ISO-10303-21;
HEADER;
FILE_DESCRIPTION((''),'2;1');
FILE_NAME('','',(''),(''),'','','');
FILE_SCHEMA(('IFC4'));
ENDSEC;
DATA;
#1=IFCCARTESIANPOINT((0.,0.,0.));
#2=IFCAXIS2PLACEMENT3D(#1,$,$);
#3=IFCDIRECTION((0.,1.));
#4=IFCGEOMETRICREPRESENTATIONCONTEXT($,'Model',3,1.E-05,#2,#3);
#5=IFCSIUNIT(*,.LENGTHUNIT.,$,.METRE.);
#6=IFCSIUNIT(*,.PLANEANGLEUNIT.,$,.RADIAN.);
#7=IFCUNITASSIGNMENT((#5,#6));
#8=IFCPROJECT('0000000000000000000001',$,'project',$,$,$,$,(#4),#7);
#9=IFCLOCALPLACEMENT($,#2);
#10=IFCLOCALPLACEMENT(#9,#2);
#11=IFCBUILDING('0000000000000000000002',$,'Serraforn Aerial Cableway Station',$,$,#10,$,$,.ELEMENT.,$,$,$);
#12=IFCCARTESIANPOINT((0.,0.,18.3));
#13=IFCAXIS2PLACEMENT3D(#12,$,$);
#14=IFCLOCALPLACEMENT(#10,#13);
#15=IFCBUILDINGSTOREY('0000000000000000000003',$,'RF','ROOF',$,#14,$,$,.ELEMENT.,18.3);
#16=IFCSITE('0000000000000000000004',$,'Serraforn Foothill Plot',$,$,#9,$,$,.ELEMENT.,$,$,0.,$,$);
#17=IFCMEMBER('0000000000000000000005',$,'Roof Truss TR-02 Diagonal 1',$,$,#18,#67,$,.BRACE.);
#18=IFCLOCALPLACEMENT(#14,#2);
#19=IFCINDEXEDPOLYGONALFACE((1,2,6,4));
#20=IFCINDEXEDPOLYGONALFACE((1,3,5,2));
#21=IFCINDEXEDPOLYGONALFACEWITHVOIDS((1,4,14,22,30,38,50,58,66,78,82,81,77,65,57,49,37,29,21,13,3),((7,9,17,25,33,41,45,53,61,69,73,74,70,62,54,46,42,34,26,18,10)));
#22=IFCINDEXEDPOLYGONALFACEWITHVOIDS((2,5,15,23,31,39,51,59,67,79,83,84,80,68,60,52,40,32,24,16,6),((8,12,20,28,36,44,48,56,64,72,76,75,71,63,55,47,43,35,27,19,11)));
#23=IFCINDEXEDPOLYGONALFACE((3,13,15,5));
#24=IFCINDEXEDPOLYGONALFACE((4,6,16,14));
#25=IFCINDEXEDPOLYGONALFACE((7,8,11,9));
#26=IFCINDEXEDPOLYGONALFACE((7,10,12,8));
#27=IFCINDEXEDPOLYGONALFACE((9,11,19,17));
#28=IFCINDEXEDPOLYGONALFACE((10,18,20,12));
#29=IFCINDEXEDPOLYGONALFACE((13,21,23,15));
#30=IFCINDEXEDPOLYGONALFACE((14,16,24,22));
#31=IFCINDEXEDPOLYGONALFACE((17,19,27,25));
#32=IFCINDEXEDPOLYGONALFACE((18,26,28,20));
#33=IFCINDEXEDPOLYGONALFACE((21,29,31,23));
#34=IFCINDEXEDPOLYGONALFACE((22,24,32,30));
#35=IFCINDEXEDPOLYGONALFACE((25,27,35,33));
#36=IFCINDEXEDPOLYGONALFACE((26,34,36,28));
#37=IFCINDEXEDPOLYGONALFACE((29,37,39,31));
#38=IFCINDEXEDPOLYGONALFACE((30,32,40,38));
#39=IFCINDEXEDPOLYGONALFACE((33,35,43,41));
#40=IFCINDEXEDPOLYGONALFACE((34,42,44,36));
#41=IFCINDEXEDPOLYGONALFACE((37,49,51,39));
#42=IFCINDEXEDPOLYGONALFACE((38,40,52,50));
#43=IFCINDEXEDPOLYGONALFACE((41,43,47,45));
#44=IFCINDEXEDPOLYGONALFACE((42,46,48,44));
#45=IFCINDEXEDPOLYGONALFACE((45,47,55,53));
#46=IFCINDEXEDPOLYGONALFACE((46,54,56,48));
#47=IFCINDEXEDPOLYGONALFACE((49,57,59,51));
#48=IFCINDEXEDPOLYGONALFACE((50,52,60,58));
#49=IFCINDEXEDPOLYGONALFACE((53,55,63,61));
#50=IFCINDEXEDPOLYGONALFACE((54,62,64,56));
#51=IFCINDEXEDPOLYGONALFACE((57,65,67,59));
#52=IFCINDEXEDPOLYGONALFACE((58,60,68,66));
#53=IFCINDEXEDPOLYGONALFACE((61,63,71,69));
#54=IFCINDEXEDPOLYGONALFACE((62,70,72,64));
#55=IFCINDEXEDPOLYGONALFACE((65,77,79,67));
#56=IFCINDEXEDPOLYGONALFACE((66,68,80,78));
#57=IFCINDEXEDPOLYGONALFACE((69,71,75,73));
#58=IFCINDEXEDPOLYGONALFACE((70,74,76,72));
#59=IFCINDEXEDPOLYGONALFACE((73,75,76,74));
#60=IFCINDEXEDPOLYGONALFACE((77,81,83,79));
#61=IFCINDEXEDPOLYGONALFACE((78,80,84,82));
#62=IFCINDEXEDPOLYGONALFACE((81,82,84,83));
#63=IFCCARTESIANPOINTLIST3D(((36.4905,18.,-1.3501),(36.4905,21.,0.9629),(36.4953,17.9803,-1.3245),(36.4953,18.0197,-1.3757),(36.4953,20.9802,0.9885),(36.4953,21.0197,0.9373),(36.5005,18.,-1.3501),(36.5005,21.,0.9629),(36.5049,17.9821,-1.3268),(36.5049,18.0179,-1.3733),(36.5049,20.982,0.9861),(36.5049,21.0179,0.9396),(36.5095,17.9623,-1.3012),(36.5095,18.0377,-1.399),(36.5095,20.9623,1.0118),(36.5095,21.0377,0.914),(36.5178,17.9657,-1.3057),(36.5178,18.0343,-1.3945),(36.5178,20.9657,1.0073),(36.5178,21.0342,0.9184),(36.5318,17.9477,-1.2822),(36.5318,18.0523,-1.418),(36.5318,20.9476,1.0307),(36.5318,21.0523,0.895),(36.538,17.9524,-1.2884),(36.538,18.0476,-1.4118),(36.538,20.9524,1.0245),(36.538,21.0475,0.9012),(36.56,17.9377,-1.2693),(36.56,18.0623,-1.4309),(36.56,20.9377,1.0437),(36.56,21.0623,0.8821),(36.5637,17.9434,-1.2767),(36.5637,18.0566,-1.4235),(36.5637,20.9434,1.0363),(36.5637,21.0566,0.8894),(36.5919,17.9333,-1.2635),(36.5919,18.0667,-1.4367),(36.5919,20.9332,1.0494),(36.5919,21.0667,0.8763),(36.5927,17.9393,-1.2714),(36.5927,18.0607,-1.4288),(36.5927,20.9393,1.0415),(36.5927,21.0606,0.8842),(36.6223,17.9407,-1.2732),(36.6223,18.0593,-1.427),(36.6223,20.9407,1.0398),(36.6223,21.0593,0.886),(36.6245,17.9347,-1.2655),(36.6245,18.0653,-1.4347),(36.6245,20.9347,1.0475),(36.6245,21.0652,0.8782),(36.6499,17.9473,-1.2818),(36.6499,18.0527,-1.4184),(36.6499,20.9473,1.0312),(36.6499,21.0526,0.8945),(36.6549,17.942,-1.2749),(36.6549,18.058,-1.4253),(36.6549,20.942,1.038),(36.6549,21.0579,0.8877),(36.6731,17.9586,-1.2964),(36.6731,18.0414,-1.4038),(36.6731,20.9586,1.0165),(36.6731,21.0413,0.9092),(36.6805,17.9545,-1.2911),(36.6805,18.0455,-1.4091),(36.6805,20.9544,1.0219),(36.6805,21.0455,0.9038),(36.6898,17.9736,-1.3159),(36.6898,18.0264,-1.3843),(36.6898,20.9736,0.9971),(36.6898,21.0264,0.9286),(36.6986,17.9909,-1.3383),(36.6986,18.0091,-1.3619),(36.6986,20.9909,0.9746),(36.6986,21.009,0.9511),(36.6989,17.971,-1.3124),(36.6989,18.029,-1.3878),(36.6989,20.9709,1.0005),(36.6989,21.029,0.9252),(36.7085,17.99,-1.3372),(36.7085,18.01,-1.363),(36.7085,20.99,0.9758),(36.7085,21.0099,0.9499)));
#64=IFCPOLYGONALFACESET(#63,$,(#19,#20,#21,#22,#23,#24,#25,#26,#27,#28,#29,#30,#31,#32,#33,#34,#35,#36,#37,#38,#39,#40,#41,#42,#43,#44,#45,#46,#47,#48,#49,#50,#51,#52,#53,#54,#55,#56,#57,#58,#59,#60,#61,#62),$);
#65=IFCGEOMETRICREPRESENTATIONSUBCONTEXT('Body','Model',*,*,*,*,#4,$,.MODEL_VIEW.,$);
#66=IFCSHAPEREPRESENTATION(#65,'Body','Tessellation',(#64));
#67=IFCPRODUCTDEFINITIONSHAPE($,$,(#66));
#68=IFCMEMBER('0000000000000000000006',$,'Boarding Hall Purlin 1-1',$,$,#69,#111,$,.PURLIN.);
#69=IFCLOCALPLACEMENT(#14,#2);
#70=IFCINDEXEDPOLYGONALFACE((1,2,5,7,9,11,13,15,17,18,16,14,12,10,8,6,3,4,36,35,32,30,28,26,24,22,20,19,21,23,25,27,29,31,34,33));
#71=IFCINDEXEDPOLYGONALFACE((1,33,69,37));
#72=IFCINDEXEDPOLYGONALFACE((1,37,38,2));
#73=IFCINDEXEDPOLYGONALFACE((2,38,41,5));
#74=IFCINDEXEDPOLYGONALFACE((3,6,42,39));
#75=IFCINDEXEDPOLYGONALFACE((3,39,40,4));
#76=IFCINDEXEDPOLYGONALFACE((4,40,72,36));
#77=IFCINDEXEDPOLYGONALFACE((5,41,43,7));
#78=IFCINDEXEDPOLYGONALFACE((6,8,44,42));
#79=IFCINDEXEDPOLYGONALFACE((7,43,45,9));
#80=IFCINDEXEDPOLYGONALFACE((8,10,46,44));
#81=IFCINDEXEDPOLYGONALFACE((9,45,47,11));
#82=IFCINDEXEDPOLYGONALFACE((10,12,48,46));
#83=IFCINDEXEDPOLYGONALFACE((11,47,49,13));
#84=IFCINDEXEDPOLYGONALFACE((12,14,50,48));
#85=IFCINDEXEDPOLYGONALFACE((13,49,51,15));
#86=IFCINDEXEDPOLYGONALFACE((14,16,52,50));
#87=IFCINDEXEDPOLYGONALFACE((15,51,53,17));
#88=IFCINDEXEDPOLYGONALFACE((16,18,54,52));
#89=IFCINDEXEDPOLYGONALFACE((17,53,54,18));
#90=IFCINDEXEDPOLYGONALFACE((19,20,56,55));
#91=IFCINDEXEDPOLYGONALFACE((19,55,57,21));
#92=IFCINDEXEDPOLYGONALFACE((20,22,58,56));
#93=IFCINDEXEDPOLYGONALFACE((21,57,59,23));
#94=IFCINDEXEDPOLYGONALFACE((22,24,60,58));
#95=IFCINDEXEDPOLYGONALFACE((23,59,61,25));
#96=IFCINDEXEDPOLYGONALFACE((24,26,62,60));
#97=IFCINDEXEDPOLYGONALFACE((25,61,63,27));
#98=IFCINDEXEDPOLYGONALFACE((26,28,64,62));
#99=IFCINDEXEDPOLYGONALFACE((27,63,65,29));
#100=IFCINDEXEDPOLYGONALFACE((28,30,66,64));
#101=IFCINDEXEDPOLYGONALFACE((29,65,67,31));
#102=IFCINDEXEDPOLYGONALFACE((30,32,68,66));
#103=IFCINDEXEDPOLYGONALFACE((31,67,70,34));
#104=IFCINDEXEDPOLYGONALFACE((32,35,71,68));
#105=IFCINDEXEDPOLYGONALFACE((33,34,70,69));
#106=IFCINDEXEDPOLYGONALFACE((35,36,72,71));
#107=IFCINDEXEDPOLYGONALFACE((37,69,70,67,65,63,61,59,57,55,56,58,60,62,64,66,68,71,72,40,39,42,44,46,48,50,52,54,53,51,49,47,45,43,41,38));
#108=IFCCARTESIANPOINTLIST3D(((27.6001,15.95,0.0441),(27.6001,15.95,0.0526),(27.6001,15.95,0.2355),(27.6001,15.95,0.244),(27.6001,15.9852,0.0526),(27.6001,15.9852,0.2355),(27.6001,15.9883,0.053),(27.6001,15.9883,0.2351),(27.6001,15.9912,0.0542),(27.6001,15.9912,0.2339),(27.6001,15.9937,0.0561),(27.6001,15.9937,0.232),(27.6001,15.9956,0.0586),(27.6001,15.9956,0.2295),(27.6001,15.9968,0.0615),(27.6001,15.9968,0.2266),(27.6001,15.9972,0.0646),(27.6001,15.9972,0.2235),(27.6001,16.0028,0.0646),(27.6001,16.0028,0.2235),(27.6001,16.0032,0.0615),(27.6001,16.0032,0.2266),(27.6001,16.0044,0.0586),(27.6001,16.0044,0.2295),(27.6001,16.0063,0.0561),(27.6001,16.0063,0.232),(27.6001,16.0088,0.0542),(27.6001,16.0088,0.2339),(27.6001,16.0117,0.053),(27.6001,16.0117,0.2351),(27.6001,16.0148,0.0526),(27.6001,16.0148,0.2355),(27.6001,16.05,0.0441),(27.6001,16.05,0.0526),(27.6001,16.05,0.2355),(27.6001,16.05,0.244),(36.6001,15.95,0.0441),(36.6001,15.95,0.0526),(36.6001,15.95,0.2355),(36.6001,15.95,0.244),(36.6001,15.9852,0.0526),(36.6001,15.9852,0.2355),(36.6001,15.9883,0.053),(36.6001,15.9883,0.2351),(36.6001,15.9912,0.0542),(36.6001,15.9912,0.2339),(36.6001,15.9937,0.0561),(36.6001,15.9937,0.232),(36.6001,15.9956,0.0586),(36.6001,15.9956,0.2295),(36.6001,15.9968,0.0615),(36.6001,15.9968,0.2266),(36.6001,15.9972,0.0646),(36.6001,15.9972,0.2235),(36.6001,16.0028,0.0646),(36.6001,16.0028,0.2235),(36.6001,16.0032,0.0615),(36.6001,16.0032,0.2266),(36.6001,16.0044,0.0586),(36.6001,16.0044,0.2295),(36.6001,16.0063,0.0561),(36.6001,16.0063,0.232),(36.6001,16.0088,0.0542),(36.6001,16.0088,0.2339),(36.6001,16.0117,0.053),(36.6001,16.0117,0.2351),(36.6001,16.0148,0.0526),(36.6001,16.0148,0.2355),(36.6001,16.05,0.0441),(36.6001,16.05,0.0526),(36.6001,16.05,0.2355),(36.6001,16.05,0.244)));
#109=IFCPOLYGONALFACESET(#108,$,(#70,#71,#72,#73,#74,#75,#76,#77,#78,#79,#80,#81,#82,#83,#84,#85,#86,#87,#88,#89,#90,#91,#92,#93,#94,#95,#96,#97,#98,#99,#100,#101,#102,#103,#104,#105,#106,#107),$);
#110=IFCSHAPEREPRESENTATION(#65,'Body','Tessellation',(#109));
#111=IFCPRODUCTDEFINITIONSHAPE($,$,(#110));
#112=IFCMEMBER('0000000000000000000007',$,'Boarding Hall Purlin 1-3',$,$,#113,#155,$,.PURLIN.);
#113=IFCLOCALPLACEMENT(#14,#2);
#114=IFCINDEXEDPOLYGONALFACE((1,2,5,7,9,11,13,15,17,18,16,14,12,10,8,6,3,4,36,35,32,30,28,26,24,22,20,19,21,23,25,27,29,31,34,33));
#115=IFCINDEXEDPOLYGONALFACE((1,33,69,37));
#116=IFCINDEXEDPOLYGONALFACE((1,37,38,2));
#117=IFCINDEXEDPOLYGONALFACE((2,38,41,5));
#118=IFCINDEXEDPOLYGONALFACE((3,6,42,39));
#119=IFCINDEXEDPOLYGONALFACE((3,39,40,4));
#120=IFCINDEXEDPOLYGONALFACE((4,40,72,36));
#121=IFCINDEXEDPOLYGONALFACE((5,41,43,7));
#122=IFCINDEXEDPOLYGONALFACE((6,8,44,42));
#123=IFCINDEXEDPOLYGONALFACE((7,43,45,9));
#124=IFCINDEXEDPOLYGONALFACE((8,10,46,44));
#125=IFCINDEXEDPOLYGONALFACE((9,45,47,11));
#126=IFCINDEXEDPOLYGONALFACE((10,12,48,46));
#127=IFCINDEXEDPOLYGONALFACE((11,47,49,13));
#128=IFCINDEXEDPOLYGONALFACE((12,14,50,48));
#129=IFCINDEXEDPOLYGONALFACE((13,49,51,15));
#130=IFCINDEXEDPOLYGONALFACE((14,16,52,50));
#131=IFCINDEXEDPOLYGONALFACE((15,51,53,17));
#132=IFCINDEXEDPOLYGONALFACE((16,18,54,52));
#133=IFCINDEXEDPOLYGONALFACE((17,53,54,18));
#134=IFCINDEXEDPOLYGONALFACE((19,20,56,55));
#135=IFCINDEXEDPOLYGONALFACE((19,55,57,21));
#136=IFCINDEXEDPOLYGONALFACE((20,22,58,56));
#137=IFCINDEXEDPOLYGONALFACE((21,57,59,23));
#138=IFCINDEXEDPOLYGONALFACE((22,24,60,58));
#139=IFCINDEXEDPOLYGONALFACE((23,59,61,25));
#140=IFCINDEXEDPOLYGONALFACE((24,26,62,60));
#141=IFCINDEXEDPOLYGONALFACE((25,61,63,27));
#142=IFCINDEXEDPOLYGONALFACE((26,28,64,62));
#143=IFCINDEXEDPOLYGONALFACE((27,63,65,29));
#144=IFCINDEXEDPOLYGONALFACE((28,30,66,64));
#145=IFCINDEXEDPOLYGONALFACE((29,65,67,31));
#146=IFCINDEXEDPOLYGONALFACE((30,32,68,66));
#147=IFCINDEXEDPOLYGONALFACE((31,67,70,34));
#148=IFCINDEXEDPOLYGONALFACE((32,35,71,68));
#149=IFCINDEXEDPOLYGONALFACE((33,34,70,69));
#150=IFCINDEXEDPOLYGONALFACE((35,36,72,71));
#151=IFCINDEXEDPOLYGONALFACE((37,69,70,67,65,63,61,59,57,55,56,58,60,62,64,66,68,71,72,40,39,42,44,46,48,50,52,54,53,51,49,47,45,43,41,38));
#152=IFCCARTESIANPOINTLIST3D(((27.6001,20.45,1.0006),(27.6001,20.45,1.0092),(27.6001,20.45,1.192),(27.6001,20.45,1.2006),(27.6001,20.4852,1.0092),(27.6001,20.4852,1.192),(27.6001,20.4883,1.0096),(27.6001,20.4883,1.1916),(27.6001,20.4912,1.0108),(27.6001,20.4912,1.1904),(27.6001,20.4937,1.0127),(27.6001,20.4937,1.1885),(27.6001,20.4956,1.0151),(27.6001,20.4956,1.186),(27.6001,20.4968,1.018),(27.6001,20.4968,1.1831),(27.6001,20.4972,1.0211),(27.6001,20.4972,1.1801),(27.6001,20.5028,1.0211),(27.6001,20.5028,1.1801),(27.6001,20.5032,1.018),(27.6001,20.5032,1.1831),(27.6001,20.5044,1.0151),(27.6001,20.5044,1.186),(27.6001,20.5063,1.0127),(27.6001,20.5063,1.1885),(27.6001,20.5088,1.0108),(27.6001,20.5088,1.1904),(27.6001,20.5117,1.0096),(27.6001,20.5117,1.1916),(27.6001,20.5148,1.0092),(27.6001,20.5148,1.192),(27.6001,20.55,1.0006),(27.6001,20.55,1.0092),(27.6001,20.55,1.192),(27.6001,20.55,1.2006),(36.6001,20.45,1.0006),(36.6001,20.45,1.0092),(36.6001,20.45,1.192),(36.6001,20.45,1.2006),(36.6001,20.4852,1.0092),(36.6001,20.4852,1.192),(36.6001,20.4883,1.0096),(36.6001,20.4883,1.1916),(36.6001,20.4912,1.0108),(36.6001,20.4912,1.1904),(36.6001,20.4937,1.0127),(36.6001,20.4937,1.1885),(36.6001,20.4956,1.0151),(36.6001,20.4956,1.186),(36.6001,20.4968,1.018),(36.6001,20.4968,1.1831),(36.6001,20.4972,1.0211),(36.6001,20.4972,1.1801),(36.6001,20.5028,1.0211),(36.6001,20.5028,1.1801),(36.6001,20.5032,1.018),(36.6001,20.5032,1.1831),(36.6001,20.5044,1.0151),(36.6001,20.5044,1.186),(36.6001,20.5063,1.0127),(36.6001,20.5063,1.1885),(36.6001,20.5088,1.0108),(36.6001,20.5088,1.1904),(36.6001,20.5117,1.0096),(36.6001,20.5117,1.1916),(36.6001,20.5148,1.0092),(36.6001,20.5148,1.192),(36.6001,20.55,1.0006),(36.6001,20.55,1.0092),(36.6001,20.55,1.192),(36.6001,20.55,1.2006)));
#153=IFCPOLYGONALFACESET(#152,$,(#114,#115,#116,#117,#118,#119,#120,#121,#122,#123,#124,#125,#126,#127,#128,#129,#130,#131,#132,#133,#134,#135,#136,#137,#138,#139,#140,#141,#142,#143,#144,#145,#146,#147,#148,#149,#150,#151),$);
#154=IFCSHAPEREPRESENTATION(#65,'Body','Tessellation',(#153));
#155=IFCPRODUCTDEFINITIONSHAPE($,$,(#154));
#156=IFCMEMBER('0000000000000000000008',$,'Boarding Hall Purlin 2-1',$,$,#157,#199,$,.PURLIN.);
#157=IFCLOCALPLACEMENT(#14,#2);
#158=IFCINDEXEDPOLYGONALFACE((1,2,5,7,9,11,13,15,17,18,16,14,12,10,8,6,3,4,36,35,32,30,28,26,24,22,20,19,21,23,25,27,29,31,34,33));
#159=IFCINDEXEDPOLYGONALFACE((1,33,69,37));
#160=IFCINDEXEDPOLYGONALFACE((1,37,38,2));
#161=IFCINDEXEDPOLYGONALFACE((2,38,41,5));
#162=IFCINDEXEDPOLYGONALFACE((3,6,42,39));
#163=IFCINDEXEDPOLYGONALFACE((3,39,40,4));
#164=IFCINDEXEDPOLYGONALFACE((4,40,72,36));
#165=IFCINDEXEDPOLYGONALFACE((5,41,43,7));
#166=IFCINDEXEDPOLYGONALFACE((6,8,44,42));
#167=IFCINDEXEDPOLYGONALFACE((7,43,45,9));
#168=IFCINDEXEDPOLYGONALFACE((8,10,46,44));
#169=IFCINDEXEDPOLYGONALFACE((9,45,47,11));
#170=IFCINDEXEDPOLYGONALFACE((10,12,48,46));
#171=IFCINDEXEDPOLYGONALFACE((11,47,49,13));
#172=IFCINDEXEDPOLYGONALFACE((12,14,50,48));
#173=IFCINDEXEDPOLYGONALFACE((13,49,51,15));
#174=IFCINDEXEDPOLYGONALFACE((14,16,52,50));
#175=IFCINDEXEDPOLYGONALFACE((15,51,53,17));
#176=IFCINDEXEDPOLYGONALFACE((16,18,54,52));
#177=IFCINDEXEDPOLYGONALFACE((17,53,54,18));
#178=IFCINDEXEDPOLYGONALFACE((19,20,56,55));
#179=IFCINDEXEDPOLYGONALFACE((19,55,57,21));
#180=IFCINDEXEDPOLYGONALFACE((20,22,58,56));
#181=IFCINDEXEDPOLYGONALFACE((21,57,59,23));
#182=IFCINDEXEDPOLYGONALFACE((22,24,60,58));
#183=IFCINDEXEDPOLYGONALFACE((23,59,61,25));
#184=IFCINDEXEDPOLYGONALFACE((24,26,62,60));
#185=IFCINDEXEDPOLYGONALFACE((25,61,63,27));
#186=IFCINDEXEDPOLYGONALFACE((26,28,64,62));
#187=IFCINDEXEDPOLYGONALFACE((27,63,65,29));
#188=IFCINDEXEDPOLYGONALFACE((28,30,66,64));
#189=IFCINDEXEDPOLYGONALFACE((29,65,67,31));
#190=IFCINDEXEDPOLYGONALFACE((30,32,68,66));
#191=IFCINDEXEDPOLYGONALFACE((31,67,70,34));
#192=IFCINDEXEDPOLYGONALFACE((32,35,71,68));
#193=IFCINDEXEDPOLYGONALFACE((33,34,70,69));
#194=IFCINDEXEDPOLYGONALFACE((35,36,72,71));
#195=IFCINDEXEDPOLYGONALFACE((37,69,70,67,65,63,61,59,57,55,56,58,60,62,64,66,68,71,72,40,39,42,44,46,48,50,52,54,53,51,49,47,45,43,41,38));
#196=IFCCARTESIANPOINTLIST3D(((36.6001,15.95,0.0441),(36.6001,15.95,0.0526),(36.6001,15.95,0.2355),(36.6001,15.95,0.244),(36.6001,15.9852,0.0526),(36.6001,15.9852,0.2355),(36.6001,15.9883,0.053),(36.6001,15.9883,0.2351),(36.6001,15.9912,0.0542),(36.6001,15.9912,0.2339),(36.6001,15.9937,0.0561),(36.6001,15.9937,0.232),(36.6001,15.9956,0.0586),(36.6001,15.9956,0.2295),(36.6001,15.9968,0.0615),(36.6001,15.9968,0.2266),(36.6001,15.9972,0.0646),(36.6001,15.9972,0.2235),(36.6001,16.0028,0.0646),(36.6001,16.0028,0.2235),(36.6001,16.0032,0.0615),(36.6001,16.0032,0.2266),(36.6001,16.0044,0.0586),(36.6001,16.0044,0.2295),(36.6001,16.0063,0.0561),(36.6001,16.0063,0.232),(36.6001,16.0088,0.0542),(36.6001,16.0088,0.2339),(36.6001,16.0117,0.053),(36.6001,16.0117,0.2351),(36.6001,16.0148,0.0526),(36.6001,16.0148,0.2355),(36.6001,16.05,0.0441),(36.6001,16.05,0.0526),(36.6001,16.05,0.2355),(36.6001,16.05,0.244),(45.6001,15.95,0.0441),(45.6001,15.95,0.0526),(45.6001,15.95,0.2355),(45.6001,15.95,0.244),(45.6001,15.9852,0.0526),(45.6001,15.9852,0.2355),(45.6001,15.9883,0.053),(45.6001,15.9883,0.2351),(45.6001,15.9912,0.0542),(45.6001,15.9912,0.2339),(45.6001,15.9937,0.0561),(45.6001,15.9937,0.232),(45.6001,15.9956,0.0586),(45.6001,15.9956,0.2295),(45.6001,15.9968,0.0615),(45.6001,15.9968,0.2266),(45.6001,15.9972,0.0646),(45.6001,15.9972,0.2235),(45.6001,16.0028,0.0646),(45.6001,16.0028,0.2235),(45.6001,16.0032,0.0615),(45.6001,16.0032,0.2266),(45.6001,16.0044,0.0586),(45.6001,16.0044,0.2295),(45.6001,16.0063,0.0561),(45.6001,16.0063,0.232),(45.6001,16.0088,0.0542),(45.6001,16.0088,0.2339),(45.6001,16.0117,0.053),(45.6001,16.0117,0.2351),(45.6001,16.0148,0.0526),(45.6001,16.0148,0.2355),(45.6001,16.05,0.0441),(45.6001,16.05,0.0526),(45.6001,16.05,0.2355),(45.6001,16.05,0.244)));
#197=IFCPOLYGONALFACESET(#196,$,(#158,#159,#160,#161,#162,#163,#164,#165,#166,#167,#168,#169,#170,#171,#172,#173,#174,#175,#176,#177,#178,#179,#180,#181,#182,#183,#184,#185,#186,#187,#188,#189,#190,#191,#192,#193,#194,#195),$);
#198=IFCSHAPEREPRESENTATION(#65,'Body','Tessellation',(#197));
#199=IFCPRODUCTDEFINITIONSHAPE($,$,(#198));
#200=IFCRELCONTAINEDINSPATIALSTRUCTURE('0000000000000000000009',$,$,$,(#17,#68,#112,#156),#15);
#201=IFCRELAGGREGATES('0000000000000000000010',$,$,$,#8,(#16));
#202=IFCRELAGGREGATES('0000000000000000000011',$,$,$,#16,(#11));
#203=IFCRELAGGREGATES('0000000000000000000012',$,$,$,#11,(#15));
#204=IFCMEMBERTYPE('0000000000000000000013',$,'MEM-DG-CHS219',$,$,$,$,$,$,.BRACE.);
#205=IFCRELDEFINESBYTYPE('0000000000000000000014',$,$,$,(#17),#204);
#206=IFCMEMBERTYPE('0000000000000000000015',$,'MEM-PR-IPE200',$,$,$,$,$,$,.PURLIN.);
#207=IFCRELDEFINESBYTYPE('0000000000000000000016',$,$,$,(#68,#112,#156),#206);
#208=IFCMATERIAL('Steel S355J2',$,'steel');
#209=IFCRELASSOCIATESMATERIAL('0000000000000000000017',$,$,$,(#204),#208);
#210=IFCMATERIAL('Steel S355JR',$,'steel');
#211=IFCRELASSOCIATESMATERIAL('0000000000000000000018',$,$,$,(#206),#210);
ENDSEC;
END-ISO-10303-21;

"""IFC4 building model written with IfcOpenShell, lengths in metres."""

from ifc_helpers import new_model, si_unit, direction, frame, origin, origin_2d, place, context, subcontext, project, spatial, hollow_circle, i_section, extrude, material, material_profile, profile_set, type_object, element, save


model = new_model("IFC4")

# Units and contexts
model_context = context("Model", 3, precision=1e-05, world=origin(), true_north=direction((0.0, 1.0)))
body_context = subcontext(model_context, "Body", "Model", "MODEL_VIEW")
ifc_project = project(units=[si_unit("LENGTHUNIT", "METRE"), si_unit("PLANEANGLEUNIT", "RADIAN")], contexts=[model_context])

# Site, building, storey
site_placement = place(None, origin())
site = spatial("IfcSite", under=ifc_project, at=site_placement, Name="Serraforn Foothill Plot", CompositionType="ELEMENT", RefElevation=0.0)
building_placement = place(site_placement, origin())
building = spatial("IfcBuilding", under=site, at=building_placement, Name="Serraforn Aerial Cableway Station", CompositionType="ELEMENT")
storey_placement = place(building_placement, frame((0.0, 0.0, 18.3)))
storey = spatial("IfcBuildingStorey", under=building, at=storey_placement, Name="RF", Description="ROOF", CompositionType="ELEMENT", Elevation=18.3)

# Shared definitions
ifc_material_1 = material(Name="Steel S355J2", Category="steel")

# Members
ifc_material_profile_1 = material_profile(ifc_material_1, hollow_circle(Radius=0.1096, WallThickness=0.01, at=origin_2d()), Name="CHS 219.1x10.0")
ifc_profile_set_1 = profile_set([ifc_material_profile_1], Name="Steel S355J2")
member_type_1 = type_object("IfcMemberType", Name="MEM-DG-CHS219", PredefinedType="BRACE", material=ifc_profile_set_1)
member_1_placement = place(storey_placement, frame((36.6001, 18.0, -1.3501), z_axis=(0.0, 0.791948, 0.610589), x_axis=(-1.0, 0.0, 0.0)))
element("IfcMember", 1, at=member_1_placement, inside=storey, type_object=member_type_1, Name="Roof Truss TR-02 Diagonal 1", PredefinedType="BRACE", context=body_context, shape_type="SweptSolid", body=[
    extrude(hollow_circle(Radius=0.1096, WallThickness=0.01, at=origin_2d()), origin(), (0.0, 0.0, 1.0), 3.7881),
])
ifc_material_2 = material(Name="Steel S355JR", Category="steel")
ifc_material_profile_2 = material_profile(ifc_material_2, i_section(OverallWidth=0.1001, OverallDepth=0.2, WebThickness=0.0056, FlangeThickness=0.0085, FilletRadius=0.012, at=origin_2d()), Name="IPE 200")
ifc_profile_set_2 = profile_set([ifc_material_profile_2], Name="Steel S355JR")
member_type_2 = type_object("IfcMemberType", Name="MEM-PR-IPE200", PredefinedType="PURLIN", material=ifc_profile_set_2)
for number, where, z_axis, x_axis, name in (
    (2, (27.6001, 16.0, 0.144), (1.0, 0.0, 0.0), (0.0, 1.0, 0.0), "Boarding Hall Purlin 1-1"),
    (3, (27.6001, 20.5, 1.1006), (1.0, 0.0, 0.0), (0.0, 1.0, 0.0), "Boarding Hall Purlin 1-3"),
    (4, (36.6001, 16.0, 0.144), (1.0, 0.0, 0.0), (0.0, 1.0, 0.0), "Boarding Hall Purlin 2-1"),
):
    element("IfcMember", number, at=place(storey_placement, frame(where, z_axis=z_axis, x_axis=x_axis)), inside=storey, type_object=member_type_2, Name=name, PredefinedType="PURLIN", context=body_context, shape_type="SweptSolid", body=[
        extrude(i_section(OverallWidth=0.1001, OverallDepth=0.2, WebThickness=0.0056, FlangeThickness=0.0085, FilletRadius=0.012, at=origin_2d()), origin(), (0.0, 0.0, 1.0), 9.0),
    ])

save(model, "model.ifc")
